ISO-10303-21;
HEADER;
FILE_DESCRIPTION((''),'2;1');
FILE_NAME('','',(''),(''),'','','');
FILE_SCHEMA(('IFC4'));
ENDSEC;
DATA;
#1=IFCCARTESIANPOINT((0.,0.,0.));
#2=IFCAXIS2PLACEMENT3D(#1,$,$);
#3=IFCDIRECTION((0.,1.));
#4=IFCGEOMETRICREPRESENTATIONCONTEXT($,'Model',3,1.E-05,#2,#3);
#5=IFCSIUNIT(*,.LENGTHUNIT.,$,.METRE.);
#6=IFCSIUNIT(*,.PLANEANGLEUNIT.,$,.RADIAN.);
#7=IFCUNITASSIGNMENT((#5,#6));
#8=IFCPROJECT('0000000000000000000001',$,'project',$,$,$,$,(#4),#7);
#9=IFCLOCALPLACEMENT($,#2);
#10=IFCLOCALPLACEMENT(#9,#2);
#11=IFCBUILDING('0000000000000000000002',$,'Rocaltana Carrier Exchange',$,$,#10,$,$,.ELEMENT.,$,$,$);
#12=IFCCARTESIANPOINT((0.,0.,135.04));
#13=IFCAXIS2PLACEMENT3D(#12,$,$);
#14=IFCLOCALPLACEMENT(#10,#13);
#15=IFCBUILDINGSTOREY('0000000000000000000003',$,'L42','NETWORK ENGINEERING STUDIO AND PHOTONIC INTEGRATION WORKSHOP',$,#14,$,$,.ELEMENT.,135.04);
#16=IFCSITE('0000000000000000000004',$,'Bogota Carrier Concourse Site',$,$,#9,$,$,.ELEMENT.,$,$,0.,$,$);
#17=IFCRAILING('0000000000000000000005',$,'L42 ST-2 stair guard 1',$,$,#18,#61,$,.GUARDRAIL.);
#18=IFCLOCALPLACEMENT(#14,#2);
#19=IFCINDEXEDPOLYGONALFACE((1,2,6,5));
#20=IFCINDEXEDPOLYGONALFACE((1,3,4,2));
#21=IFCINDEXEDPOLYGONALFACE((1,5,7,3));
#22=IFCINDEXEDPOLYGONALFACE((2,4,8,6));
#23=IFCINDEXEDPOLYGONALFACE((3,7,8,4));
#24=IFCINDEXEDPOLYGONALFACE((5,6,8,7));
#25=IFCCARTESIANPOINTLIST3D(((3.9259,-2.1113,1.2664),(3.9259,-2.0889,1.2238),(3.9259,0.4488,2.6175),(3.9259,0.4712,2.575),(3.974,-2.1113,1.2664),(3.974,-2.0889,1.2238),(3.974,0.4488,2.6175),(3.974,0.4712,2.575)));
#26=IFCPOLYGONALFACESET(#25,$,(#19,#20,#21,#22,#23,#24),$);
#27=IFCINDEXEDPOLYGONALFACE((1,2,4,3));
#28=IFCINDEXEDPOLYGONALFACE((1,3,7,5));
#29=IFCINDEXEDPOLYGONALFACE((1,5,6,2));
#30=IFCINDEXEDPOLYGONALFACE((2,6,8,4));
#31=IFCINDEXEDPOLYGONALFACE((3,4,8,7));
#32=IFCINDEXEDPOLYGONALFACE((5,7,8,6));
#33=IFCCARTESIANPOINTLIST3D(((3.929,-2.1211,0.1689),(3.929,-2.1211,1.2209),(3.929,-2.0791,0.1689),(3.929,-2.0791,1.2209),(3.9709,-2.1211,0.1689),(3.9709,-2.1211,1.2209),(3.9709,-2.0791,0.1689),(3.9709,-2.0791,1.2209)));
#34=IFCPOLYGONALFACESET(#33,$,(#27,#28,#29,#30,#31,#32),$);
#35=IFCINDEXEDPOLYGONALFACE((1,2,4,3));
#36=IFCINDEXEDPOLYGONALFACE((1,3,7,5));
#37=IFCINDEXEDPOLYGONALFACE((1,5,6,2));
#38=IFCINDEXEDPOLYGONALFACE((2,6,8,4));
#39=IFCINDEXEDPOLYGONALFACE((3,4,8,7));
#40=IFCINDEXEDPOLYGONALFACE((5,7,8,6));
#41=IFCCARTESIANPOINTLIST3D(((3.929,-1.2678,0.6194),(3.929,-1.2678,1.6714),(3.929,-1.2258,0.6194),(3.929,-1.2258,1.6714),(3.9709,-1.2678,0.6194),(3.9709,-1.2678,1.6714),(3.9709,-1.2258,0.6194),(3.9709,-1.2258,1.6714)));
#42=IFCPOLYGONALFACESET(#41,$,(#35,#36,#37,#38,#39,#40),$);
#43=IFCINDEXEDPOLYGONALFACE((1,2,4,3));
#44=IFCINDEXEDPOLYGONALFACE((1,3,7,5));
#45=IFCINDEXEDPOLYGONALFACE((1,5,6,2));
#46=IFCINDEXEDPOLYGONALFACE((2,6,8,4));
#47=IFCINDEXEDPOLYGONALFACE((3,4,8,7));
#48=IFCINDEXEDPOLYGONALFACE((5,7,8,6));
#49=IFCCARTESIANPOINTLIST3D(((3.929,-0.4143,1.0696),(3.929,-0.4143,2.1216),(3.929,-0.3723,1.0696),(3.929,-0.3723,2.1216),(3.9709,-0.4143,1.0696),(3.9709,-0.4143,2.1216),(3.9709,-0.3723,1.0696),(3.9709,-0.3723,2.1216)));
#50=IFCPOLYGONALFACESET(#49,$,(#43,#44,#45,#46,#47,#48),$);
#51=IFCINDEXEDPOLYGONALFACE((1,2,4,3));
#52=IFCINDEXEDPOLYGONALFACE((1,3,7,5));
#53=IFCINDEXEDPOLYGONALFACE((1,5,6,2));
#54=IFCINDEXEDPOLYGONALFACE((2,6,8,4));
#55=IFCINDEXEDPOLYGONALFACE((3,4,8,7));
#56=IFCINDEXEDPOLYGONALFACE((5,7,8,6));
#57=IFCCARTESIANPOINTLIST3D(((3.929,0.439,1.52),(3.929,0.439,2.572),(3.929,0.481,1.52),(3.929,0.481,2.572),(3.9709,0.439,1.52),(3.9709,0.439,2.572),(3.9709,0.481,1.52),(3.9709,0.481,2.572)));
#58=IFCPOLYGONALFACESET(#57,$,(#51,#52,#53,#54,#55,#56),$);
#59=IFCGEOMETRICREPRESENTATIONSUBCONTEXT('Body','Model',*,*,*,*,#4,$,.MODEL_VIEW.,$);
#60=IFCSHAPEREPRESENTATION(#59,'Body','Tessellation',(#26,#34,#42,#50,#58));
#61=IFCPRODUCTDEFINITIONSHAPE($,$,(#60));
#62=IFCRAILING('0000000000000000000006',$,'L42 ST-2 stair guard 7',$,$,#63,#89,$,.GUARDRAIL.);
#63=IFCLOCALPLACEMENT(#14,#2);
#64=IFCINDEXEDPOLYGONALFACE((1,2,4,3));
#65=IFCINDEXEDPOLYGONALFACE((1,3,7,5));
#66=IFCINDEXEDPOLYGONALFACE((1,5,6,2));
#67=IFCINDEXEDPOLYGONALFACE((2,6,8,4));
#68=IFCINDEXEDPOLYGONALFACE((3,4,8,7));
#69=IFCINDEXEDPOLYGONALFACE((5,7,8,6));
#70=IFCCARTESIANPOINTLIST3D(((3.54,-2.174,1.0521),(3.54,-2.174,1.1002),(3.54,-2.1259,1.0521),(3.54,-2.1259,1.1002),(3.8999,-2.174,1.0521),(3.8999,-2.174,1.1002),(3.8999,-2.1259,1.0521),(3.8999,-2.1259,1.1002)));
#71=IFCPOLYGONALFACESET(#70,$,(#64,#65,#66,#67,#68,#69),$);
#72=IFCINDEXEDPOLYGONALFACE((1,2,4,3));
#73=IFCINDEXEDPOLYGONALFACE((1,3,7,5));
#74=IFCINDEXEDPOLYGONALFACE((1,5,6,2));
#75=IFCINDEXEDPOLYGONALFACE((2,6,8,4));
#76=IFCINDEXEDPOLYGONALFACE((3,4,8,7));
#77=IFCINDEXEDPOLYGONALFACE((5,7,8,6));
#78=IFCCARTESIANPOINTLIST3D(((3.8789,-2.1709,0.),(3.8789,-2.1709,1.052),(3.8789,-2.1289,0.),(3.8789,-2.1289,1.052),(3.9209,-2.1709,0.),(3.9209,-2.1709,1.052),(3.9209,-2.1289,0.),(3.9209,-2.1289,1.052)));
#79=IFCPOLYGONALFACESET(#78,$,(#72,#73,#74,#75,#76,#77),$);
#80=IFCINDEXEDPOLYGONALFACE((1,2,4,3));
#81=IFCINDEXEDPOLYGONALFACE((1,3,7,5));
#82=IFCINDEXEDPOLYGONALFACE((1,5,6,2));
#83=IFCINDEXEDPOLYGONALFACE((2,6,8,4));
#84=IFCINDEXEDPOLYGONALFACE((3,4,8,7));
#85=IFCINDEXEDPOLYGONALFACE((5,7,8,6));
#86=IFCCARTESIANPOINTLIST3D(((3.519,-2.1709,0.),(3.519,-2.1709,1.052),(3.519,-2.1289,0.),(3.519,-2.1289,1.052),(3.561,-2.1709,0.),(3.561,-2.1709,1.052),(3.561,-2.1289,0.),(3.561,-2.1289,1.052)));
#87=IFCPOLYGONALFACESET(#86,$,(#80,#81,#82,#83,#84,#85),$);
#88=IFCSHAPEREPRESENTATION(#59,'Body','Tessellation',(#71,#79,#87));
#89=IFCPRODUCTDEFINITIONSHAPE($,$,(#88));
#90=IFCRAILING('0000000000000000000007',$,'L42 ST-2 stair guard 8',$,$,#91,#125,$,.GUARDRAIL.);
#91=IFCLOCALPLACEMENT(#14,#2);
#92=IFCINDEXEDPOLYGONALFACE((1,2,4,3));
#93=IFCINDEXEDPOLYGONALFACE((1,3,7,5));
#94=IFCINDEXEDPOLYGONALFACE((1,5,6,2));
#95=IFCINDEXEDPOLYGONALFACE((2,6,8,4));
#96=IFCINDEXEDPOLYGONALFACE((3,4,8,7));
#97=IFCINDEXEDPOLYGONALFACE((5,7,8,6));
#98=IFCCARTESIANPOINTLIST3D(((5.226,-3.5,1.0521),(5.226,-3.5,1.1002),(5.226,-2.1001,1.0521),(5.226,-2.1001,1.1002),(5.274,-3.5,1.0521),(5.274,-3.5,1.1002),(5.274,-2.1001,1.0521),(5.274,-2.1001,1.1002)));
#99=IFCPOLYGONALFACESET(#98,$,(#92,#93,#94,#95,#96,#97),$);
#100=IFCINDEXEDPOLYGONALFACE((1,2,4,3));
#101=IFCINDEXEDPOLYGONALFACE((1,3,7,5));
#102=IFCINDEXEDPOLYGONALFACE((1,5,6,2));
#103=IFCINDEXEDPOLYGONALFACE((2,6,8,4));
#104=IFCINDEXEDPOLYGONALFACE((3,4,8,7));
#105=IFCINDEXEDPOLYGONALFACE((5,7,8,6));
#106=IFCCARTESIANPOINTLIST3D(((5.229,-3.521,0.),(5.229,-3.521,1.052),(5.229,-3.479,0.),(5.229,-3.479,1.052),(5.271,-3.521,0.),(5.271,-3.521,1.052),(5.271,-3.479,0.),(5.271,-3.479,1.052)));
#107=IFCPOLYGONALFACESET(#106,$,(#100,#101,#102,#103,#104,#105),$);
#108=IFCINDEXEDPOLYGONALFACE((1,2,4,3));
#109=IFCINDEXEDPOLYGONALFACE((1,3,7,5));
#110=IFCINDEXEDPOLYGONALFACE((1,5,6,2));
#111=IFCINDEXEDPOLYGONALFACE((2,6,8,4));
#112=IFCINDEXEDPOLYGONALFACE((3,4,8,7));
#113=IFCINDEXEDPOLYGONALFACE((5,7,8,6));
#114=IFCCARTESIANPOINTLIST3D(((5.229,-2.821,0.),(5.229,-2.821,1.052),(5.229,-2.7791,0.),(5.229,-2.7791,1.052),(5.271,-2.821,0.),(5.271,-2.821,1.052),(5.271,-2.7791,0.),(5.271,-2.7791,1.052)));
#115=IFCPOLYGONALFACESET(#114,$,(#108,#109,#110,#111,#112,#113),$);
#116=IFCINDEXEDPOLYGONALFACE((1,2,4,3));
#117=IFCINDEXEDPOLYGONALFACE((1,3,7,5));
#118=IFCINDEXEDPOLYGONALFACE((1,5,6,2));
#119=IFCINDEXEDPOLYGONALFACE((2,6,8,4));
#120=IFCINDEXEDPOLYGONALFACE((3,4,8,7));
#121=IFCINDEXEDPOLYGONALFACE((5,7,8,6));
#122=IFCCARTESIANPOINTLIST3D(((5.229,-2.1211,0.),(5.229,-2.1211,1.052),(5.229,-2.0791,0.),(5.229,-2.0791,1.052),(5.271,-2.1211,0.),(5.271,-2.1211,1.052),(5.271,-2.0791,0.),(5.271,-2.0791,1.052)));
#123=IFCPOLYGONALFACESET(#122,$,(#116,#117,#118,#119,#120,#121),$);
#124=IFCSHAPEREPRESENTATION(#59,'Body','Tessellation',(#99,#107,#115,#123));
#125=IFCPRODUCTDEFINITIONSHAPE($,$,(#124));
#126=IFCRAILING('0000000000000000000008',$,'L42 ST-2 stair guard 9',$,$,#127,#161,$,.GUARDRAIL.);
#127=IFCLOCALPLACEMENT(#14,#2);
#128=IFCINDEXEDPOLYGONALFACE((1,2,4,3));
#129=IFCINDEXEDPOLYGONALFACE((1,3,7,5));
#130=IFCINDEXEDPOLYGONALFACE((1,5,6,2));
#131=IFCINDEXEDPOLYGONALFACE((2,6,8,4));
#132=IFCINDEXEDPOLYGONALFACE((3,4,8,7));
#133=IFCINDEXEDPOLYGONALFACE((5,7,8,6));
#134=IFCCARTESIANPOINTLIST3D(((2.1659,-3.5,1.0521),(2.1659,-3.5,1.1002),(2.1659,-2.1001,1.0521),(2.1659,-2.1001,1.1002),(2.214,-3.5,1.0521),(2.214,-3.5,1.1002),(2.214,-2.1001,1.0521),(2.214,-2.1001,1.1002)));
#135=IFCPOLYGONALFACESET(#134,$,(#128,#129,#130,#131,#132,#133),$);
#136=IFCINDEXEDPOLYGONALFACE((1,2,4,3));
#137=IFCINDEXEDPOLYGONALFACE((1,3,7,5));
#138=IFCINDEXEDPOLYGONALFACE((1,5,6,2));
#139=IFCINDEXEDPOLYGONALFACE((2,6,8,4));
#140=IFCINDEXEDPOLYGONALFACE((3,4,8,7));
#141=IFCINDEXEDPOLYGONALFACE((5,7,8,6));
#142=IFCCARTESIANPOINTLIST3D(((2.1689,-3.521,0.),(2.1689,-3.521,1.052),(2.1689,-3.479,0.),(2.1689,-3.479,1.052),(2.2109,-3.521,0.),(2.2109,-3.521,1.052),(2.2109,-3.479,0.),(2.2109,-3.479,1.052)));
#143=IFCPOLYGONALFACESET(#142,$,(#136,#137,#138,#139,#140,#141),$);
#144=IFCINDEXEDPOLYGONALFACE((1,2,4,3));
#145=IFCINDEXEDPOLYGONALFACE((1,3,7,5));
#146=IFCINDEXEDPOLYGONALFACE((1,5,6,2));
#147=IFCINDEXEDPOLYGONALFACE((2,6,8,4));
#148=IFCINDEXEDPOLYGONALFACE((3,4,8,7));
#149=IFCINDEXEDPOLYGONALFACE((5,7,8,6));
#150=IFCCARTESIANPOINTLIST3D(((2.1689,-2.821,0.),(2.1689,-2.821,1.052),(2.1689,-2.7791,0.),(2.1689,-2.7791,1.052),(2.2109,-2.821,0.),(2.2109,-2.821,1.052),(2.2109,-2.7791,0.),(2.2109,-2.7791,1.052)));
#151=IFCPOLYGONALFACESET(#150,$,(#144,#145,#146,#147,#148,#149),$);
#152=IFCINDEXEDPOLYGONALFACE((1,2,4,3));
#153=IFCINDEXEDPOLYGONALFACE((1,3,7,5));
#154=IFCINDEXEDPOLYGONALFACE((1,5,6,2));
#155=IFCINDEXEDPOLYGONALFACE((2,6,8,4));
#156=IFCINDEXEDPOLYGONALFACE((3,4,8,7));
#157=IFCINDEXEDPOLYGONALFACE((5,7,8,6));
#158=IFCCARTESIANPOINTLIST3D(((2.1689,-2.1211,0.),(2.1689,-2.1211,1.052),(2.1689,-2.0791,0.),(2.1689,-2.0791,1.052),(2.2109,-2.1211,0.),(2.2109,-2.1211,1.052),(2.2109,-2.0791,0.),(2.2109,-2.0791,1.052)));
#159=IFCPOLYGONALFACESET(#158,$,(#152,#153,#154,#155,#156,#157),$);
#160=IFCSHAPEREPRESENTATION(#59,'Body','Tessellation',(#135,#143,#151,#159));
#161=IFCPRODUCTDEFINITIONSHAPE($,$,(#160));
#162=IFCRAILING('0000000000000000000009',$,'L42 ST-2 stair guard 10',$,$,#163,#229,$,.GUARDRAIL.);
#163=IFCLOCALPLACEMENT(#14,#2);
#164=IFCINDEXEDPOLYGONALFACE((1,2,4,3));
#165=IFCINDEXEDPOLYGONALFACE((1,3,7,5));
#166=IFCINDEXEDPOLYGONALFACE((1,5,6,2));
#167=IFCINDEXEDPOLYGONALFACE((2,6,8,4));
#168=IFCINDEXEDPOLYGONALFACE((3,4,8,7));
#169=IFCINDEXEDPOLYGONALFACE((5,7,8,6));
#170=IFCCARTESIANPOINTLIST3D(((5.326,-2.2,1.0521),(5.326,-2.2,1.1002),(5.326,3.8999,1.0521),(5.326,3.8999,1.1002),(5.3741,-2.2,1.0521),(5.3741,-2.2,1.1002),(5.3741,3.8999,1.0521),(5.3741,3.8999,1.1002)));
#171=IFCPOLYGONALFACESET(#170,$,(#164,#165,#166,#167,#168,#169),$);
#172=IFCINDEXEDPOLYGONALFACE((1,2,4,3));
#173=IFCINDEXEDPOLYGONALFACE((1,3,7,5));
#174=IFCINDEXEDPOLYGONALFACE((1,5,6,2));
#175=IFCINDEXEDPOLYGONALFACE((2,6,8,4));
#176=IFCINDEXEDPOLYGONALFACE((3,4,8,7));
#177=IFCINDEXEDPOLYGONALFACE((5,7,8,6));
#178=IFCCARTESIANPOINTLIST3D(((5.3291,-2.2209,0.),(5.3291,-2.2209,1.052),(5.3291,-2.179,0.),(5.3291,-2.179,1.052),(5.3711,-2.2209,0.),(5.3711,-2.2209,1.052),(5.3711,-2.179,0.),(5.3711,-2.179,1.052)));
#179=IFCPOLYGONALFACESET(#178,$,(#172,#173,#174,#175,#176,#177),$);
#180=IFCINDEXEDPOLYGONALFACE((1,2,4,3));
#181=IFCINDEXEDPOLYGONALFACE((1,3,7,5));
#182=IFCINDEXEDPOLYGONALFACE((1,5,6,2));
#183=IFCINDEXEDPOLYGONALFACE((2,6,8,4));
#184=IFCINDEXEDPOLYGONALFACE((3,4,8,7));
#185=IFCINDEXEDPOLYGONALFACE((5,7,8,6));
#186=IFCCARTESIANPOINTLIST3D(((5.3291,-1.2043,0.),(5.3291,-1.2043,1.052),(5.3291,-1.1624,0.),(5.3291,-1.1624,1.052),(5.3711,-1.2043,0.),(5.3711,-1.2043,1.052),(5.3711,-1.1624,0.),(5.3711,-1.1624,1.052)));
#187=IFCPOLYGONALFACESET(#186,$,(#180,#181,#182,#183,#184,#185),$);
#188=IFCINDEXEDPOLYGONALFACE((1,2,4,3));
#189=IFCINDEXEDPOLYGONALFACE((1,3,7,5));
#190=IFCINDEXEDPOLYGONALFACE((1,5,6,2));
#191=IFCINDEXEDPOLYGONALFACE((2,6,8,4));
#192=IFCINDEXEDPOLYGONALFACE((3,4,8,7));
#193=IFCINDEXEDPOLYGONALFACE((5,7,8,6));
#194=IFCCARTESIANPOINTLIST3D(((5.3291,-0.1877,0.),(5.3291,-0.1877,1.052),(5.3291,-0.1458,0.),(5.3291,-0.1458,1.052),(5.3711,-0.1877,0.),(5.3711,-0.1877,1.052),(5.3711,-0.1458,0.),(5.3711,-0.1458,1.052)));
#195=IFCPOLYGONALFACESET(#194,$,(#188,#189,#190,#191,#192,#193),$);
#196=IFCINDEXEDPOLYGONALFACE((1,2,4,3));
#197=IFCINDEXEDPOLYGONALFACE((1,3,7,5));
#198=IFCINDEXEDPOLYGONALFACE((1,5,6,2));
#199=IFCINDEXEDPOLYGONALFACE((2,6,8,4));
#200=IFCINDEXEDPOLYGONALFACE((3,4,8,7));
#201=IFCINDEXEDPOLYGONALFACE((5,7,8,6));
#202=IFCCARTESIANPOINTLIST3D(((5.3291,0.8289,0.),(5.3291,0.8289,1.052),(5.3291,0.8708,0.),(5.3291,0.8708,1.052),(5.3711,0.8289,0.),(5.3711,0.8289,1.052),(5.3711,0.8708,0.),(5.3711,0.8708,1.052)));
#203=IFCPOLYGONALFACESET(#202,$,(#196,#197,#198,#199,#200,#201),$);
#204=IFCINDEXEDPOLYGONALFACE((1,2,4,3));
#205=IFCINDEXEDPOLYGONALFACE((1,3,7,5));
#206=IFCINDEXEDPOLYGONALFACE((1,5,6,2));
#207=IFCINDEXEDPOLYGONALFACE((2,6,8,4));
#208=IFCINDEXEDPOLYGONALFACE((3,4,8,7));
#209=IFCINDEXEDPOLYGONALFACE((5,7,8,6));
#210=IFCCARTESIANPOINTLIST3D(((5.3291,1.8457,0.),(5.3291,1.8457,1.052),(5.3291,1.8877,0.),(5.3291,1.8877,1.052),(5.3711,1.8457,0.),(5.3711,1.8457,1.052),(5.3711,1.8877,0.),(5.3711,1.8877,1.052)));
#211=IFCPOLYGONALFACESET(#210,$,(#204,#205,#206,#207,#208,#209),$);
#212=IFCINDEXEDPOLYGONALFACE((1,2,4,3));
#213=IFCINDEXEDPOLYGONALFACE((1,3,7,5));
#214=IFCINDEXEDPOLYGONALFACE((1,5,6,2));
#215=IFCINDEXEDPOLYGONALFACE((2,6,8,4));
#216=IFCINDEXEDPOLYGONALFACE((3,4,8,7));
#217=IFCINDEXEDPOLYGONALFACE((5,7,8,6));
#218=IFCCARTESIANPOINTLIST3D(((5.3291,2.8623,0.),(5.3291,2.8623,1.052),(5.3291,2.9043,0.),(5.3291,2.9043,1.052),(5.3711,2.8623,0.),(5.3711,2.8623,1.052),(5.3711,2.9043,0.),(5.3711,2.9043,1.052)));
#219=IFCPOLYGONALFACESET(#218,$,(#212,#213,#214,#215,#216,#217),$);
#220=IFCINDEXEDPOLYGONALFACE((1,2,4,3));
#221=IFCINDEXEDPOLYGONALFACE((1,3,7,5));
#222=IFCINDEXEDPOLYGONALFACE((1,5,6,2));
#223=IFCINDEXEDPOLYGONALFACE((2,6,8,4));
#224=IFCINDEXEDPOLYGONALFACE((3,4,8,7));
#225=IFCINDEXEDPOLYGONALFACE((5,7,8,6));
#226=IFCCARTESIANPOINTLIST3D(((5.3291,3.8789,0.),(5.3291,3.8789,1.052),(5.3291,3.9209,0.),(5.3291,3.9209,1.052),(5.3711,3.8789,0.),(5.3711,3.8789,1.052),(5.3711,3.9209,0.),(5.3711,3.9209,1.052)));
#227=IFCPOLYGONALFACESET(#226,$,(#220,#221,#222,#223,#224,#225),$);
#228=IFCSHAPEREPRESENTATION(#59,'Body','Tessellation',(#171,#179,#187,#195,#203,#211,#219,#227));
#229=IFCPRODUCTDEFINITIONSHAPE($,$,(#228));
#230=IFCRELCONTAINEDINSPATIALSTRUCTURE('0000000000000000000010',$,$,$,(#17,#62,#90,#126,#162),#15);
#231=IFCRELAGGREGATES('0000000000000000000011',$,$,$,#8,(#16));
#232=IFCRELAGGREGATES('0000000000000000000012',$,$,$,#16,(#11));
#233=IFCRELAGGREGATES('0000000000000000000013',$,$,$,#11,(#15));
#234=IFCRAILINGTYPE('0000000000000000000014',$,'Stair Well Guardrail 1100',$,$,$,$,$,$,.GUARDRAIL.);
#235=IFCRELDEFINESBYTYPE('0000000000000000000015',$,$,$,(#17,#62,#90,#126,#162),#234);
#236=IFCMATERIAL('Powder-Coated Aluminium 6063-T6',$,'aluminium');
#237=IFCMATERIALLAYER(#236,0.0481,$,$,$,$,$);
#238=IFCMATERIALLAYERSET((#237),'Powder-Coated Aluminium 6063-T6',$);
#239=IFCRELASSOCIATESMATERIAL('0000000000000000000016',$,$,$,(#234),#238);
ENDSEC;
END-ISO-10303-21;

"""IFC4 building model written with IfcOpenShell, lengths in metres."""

from ifc_helpers import new_model, si_unit, direction, frame, origin, origin_2d, place, context, subcontext, project, spatial, rectangle, extrude, material, layer, layer_set, type_object, element, save


model = new_model("IFC4")

# Units and contexts
model_context = context("Model", 3, precision=1e-05, world=origin(), true_north=direction((0.0, 1.0)))
body_context = subcontext(model_context, "Body", "Model", "MODEL_VIEW")
ifc_project = project(units=[si_unit("LENGTHUNIT", "METRE"), si_unit("PLANEANGLEUNIT", "RADIAN")], contexts=[model_context])

# Site, building, storey
site_placement = place(None, origin())
site = spatial("IfcSite", under=ifc_project, at=site_placement, Name="Bogota Carrier Concourse Site", CompositionType="ELEMENT", RefElevation=0.0)
building_placement = place(site_placement, origin())
building = spatial("IfcBuilding", under=site, at=building_placement, Name="Rocaltana Carrier Exchange", CompositionType="ELEMENT")
storey_placement = place(building_placement, frame((0.0, 0.0, 135.04)))
storey = spatial("IfcBuildingStorey", under=building, at=storey_placement, Name="L42", Description="NETWORK ENGINEERING STUDIO AND PHOTONIC INTEGRATION WORKSHOP", CompositionType="ELEMENT", Elevation=135.04)

# Railings
ifc_material_1 = material(Name="Powder-Coated Aluminium 6063-T6", Category="aluminium")
ifc_layer_1 = layer(ifc_material_1, 0.0481)
ifc_layer_set_1 = layer_set([ifc_layer_1], Name="Powder-Coated Aluminium 6063-T6")
railing_type_1 = type_object("IfcRailingType", Name="Stair Well Guardrail 1100", PredefinedType="GUARDRAIL", material=ifc_layer_set_1)
railing_1_placement = place(storey_placement, frame((3.95, -2.1001, 0.1689)))
element("IfcRailing", 1, at=railing_1_placement, inside=storey, type_object=railing_type_1, Name="L42 ST-2 stair guard 1", PredefinedType="GUARDRAIL", context=body_context, shape_type="SweptSolid", body=[
    extrude(rectangle(XDim=0.0481, YDim=0.0481, at=origin_2d()), frame((0.0, 0.0, 1.0762), z_axis=(0.0, 0.884394, 0.46674), x_axis=(-1.0, 0.0, 0.0)), (0.0, 0.0, 1.0), 2.8948),
    extrude(rectangle(XDim=0.042, YDim=0.042, at=origin_2d()), origin(), (0.0, 0.0, 1.0), 1.052),
    extrude(rectangle(XDim=0.042, YDim=0.042, at=origin_2d()), frame((0.0, 0.8533, 0.4504)), (0.0, 0.0, 1.0), 1.052),
    extrude(rectangle(XDim=0.042, YDim=0.042, at=origin_2d()), frame((0.0, 1.7068, 0.9006)), (0.0, 0.0, 1.0), 1.052),
    extrude(rectangle(XDim=0.042, YDim=0.042, at=origin_2d()), frame((0.0, 2.5601, 1.3511)), (0.0, 0.0, 1.0), 1.052),
])
railing_2_placement = place(storey_placement, frame((3.8999, -2.1499, 0.0)))
element("IfcRailing", 2, at=railing_2_placement, inside=storey, type_object=railing_type_1, Name="L42 ST-2 stair guard 7", PredefinedType="GUARDRAIL", context=body_context, shape_type="SweptSolid", body=[
    extrude(rectangle(XDim=0.0481, YDim=0.0481, at=origin_2d()), frame((0.0, 0.0, 1.0762), z_axis=(-1.0, 0.0, 0.0), x_axis=(0.0, -1.0, 0.0)), (0.0, 0.0, 1.0), 0.3599),
    extrude(rectangle(XDim=0.042, YDim=0.042, at=origin_2d()), origin(), (0.0, 0.0, 1.0), 1.052),
    extrude(rectangle(XDim=0.042, YDim=0.042, at=origin_2d()), frame((-0.3599, 0.0, 0.0)), (0.0, 0.0, 1.0), 1.052),
])
for number, where, name in (
    (3, (5.25, -3.5, 0.0), "L42 ST-2 stair guard 8"),
    (4, (2.1899, -3.5, 0.0), "L42 ST-2 stair guard 9"),
):
    element("IfcRailing", number, at=place(storey_placement, frame(where)), inside=storey, type_object=railing_type_1, Name=name, PredefinedType="GUARDRAIL", context=body_context, shape_type="SweptSolid", body=[
        extrude(rectangle(XDim=0.0481, YDim=0.0481, at=origin_2d()), frame((0.0, 0.0, 1.0762), z_axis=(0.0, 1.0, 0.0), x_axis=(-1.0, 0.0, 0.0)), (0.0, 0.0, 1.0), 1.3999),
        extrude(rectangle(XDim=0.042, YDim=0.042, at=origin_2d()), origin(), (0.0, 0.0, 1.0), 1.052),
        extrude(rectangle(XDim=0.042, YDim=0.042, at=origin_2d()), frame((0.0, 0.7, 0.0)), (0.0, 0.0, 1.0), 1.052),
        extrude(rectangle(XDim=0.042, YDim=0.042, at=origin_2d()), frame((0.0, 1.3999, 0.0)), (0.0, 0.0, 1.0), 1.052),
    ])
for number, where, name in (
    (5, (5.3501, -2.2, 0.0), "L42 ST-2 stair guard 10"),
):
    element("IfcRailing", number, at=place(storey_placement, frame(where)), inside=storey, type_object=railing_type_1, Name=name, PredefinedType="GUARDRAIL", context=body_context, shape_type="SweptSolid", body=[
        extrude(rectangle(XDim=0.0481, YDim=0.0481, at=origin_2d()), frame((0.0, 0.0, 1.0762), z_axis=(0.0, 1.0, 0.0), x_axis=(-1.0, 0.0, 0.0)), (0.0, 0.0, 1.0), 6.0999),
        extrude(rectangle(XDim=0.042, YDim=0.042, at=origin_2d()), origin(), (0.0, 0.0, 1.0), 1.052),
        extrude(rectangle(XDim=0.042, YDim=0.042, at=origin_2d()), frame((0.0, 1.0166, 0.0)), (0.0, 0.0, 1.0), 1.052),
        extrude(rectangle(XDim=0.042, YDim=0.042, at=origin_2d()), frame((0.0, 2.0332, 0.0)), (0.0, 0.0, 1.0), 1.052),
        extrude(rectangle(XDim=0.042, YDim=0.042, at=origin_2d()), frame((0.0, 3.0498, 0.0)), (0.0, 0.0, 1.0), 1.052),
        extrude(rectangle(XDim=0.042, YDim=0.042, at=origin_2d()), frame((0.0, 4.0667, 0.0)), (0.0, 0.0, 1.0), 1.052),
        extrude(rectangle(XDim=0.042, YDim=0.042, at=origin_2d()), frame((0.0, 5.0833, 0.0)), (0.0, 0.0, 1.0), 1.052),
        extrude(rectangle(XDim=0.042, YDim=0.042, at=origin_2d()), frame((0.0, 6.0999, 0.0)), (0.0, 0.0, 1.0), 1.052),
    ])

save(model, "model.ifc")
